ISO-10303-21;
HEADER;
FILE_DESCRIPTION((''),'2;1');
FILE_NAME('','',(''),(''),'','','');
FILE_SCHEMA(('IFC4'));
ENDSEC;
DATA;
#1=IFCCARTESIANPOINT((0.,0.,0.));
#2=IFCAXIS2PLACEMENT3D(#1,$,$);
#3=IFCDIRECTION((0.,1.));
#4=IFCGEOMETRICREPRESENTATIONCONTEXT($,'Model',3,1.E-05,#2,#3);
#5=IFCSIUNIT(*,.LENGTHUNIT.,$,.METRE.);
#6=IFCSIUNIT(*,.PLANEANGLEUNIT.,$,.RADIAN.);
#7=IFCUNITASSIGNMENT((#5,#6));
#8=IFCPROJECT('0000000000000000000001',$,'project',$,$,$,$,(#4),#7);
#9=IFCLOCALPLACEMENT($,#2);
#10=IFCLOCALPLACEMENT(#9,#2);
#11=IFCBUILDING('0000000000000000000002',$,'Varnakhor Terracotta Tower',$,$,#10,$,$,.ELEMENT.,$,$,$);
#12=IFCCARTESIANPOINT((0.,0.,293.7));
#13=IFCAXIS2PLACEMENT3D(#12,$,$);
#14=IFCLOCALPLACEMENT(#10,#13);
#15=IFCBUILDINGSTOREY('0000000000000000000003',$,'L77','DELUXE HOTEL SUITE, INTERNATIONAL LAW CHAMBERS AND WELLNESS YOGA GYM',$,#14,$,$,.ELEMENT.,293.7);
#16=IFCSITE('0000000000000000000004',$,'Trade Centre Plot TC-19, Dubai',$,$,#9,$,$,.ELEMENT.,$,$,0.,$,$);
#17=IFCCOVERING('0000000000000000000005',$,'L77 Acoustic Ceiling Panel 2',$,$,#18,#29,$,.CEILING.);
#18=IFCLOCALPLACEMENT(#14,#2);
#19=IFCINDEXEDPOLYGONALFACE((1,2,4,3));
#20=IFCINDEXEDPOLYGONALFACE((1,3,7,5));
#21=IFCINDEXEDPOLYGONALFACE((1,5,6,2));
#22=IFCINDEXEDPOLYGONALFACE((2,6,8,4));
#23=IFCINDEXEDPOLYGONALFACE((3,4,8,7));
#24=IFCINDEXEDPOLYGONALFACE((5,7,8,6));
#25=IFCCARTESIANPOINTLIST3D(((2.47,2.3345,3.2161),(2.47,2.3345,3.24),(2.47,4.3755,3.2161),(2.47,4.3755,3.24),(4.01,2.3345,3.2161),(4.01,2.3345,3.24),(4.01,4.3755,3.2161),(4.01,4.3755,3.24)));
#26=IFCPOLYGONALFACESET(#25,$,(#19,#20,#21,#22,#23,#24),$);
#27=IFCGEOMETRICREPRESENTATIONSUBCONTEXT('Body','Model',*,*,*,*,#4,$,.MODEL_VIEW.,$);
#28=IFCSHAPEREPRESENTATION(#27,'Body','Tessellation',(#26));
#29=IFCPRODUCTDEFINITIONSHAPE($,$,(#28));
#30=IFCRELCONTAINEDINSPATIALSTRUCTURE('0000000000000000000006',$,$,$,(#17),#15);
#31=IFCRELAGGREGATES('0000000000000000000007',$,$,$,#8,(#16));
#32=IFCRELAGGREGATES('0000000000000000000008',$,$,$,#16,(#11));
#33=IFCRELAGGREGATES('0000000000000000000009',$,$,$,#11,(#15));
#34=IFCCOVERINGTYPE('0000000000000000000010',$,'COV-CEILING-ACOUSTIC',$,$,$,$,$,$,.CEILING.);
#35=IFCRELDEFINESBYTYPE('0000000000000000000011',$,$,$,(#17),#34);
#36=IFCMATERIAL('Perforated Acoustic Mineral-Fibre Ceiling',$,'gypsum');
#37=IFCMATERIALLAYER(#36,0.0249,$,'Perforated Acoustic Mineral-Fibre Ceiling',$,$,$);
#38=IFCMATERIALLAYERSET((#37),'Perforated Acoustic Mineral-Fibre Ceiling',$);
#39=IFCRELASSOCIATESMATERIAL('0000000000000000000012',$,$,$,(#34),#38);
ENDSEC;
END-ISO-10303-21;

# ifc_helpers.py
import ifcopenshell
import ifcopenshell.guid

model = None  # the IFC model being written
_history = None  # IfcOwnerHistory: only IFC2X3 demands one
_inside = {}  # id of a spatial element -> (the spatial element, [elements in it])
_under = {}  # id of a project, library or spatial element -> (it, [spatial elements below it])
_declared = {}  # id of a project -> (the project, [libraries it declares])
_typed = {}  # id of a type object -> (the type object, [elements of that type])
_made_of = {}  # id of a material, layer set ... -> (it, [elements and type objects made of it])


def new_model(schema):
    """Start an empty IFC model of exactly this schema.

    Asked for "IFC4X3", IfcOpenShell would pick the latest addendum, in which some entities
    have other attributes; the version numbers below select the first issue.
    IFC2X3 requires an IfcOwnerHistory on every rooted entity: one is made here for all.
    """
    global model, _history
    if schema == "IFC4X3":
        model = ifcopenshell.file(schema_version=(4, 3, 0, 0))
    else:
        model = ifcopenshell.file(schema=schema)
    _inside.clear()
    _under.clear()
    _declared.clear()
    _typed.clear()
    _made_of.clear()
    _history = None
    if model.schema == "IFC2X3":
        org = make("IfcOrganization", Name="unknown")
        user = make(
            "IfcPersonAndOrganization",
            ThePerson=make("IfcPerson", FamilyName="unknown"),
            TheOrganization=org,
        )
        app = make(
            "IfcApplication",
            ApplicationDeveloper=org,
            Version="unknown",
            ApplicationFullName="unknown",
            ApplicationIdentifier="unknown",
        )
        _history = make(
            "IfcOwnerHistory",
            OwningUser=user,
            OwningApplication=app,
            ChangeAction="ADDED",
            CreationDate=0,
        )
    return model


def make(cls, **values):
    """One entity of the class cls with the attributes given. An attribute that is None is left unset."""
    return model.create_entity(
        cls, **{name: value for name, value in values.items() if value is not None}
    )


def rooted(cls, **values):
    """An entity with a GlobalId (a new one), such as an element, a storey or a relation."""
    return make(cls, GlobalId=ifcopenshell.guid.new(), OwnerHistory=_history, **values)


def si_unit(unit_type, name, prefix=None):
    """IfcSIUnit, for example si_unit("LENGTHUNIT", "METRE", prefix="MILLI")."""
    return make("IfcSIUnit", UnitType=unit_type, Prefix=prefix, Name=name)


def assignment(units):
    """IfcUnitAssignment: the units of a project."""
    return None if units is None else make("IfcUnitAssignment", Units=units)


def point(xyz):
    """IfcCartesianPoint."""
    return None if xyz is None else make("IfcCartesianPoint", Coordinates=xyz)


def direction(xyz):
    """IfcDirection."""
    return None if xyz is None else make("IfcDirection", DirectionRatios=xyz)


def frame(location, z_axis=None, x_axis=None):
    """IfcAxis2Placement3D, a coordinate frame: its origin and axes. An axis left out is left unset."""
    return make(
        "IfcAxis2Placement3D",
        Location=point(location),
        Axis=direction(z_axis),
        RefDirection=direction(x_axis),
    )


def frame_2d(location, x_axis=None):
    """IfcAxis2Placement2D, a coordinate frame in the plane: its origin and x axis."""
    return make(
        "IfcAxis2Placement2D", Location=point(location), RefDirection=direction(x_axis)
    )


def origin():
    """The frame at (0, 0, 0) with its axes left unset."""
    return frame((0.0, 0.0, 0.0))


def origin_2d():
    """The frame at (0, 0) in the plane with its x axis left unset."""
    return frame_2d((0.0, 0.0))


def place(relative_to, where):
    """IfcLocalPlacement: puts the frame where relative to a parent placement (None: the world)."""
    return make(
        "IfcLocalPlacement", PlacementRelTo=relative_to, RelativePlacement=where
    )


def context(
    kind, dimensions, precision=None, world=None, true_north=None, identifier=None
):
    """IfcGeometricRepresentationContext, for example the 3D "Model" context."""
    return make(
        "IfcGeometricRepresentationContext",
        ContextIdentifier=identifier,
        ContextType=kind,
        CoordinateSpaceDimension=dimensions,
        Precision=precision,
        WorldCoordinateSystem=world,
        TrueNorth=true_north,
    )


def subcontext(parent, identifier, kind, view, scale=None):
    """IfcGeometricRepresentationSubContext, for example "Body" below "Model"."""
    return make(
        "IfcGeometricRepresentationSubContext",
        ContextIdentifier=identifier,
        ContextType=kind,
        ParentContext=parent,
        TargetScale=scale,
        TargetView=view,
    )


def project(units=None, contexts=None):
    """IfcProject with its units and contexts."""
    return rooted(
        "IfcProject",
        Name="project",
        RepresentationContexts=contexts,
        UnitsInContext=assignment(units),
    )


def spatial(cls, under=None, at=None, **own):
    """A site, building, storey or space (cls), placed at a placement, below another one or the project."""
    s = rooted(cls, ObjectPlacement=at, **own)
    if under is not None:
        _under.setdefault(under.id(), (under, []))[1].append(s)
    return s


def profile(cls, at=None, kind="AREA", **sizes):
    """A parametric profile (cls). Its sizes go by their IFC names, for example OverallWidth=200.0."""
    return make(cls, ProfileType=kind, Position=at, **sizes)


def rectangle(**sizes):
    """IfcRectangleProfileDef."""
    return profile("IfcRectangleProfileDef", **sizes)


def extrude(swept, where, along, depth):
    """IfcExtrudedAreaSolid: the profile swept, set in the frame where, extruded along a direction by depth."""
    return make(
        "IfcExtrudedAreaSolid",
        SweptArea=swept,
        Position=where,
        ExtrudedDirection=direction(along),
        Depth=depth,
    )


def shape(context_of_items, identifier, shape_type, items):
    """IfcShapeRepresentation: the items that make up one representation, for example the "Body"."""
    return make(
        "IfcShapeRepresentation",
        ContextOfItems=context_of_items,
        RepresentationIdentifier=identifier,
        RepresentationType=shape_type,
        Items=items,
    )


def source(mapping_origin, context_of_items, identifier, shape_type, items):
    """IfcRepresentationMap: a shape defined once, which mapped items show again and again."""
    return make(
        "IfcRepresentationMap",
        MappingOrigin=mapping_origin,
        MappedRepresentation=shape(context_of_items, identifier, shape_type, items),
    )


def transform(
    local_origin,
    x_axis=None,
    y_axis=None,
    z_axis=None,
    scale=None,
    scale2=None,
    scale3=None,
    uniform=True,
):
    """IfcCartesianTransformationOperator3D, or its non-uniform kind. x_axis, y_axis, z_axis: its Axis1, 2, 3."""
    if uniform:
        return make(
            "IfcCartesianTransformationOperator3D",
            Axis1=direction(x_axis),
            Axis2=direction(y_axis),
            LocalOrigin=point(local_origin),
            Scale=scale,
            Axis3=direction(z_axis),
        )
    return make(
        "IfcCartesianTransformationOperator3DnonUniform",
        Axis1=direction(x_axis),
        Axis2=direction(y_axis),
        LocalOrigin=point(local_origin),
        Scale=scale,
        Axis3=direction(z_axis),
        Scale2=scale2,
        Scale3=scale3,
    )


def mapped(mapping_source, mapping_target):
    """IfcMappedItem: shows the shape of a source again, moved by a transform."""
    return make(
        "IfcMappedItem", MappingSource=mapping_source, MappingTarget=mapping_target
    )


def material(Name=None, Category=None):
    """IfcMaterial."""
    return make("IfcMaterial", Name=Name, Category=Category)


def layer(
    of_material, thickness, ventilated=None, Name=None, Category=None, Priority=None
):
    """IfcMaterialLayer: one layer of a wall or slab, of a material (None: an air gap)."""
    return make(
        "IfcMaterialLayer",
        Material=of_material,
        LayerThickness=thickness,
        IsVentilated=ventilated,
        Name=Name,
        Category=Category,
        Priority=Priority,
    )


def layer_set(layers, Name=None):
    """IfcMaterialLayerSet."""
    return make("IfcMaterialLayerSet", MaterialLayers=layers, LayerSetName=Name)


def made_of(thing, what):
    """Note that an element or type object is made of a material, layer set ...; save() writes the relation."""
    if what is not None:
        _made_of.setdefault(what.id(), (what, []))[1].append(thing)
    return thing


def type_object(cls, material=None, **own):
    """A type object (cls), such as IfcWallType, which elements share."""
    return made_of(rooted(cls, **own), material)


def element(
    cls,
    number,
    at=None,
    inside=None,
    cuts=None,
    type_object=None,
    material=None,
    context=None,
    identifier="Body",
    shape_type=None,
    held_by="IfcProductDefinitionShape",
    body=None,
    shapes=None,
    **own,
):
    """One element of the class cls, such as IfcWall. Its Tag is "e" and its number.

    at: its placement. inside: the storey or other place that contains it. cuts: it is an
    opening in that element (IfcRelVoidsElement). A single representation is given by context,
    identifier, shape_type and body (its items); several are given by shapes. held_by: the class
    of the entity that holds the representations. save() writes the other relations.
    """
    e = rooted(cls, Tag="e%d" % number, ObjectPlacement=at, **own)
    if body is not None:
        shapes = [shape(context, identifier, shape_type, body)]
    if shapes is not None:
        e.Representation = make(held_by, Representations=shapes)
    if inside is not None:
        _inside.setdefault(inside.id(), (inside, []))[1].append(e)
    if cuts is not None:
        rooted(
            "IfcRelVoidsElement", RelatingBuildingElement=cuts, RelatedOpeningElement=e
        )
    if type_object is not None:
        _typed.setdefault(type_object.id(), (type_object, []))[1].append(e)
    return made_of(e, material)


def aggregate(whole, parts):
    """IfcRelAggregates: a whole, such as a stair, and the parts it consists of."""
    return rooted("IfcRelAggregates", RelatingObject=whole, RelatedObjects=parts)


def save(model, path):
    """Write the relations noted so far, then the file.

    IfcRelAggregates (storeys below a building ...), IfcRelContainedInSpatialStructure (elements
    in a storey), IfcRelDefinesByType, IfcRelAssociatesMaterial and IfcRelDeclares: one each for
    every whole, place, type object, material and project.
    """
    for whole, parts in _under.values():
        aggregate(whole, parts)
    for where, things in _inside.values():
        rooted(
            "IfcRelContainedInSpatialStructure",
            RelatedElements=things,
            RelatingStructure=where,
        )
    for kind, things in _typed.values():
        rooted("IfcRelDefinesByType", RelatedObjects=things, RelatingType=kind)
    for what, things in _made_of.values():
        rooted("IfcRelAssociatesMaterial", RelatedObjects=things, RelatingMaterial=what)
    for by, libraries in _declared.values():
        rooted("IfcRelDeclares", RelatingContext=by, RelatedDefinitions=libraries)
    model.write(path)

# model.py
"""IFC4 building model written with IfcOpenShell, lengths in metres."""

from ifc_helpers import new_model, si_unit, direction, frame, origin, origin_2d, place, context, subcontext, project, spatial, rectangle, extrude, source, transform, mapped, material, layer, layer_set, type_object, element, save


model = new_model("IFC4")

# Units and contexts
model_context = context("Model", 3, precision=1e-05, world=origin(), true_north=direction((0.0, 1.0)))
body_context = subcontext(model_context, "Body", "Model", "MODEL_VIEW")
ifc_project = project(units=[si_unit("LENGTHUNIT", "METRE"), si_unit("PLANEANGLEUNIT", "RADIAN")], contexts=[model_context])

# Site, building, storey
site_placement = place(None, origin())
site = spatial("IfcSite", under=ifc_project, at=site_placement, Name="Trade Centre Plot TC-19, Dubai", CompositionType="ELEMENT", RefElevation=0.0)
building_placement = place(site_placement, origin())
building = spatial("IfcBuilding", under=site, at=building_placement, Name="Varnakhor Terracotta Tower", CompositionType="ELEMENT")
storey_placement = place(building_placement, frame((0.0, 0.0, 293.7)))
storey = spatial("IfcBuildingStorey", under=building, at=storey_placement, Name="L77", Description="DELUXE HOTEL SUITE, INTERNATIONAL LAW CHAMBERS AND WELLNESS YOGA GYM", CompositionType="ELEMENT", Elevation=293.7)

# Covering
ifc_material_1 = material(Name="Perforated Acoustic Mineral-Fibre Ceiling", Category="gypsum")
ifc_layer_1 = layer(ifc_material_1, 0.0249, Name="Perforated Acoustic Mineral-Fibre Ceiling")
ifc_layer_set_1 = layer_set([ifc_layer_1], Name="Perforated Acoustic Mineral-Fibre Ceiling")
covering_type_1 = type_object("IfcCoveringType", Name="COV-CEILING-ACOUSTIC", PredefinedType="CEILING", material=ifc_layer_set_1)
shared_shape_1 = source(origin(), body_context, "Body", "SweptSolid", [
    extrude(rectangle(XDim=1.54, YDim=2.041, at=origin_2d()), origin(), (0.0, 0.0, 1.0), 0.0239),
])
covering_1_placement = place(storey_placement, frame((3.24, 3.355, 3.2161), z_axis=(0.0, 0.0, 1.0), x_axis=(1.0, 0.0, 0.0)))
element("IfcCovering", 1, at=covering_1_placement, inside=storey, type_object=covering_type_1, Name="L77 Acoustic Ceiling Panel 2", PredefinedType="CEILING", context=body_context, shape_type="MappedRepresentation", body=[
    mapped(shared_shape_1, transform((0.0, 0.0, 0.0), scale=1.0)),
])

save(model, "model.ifc")
